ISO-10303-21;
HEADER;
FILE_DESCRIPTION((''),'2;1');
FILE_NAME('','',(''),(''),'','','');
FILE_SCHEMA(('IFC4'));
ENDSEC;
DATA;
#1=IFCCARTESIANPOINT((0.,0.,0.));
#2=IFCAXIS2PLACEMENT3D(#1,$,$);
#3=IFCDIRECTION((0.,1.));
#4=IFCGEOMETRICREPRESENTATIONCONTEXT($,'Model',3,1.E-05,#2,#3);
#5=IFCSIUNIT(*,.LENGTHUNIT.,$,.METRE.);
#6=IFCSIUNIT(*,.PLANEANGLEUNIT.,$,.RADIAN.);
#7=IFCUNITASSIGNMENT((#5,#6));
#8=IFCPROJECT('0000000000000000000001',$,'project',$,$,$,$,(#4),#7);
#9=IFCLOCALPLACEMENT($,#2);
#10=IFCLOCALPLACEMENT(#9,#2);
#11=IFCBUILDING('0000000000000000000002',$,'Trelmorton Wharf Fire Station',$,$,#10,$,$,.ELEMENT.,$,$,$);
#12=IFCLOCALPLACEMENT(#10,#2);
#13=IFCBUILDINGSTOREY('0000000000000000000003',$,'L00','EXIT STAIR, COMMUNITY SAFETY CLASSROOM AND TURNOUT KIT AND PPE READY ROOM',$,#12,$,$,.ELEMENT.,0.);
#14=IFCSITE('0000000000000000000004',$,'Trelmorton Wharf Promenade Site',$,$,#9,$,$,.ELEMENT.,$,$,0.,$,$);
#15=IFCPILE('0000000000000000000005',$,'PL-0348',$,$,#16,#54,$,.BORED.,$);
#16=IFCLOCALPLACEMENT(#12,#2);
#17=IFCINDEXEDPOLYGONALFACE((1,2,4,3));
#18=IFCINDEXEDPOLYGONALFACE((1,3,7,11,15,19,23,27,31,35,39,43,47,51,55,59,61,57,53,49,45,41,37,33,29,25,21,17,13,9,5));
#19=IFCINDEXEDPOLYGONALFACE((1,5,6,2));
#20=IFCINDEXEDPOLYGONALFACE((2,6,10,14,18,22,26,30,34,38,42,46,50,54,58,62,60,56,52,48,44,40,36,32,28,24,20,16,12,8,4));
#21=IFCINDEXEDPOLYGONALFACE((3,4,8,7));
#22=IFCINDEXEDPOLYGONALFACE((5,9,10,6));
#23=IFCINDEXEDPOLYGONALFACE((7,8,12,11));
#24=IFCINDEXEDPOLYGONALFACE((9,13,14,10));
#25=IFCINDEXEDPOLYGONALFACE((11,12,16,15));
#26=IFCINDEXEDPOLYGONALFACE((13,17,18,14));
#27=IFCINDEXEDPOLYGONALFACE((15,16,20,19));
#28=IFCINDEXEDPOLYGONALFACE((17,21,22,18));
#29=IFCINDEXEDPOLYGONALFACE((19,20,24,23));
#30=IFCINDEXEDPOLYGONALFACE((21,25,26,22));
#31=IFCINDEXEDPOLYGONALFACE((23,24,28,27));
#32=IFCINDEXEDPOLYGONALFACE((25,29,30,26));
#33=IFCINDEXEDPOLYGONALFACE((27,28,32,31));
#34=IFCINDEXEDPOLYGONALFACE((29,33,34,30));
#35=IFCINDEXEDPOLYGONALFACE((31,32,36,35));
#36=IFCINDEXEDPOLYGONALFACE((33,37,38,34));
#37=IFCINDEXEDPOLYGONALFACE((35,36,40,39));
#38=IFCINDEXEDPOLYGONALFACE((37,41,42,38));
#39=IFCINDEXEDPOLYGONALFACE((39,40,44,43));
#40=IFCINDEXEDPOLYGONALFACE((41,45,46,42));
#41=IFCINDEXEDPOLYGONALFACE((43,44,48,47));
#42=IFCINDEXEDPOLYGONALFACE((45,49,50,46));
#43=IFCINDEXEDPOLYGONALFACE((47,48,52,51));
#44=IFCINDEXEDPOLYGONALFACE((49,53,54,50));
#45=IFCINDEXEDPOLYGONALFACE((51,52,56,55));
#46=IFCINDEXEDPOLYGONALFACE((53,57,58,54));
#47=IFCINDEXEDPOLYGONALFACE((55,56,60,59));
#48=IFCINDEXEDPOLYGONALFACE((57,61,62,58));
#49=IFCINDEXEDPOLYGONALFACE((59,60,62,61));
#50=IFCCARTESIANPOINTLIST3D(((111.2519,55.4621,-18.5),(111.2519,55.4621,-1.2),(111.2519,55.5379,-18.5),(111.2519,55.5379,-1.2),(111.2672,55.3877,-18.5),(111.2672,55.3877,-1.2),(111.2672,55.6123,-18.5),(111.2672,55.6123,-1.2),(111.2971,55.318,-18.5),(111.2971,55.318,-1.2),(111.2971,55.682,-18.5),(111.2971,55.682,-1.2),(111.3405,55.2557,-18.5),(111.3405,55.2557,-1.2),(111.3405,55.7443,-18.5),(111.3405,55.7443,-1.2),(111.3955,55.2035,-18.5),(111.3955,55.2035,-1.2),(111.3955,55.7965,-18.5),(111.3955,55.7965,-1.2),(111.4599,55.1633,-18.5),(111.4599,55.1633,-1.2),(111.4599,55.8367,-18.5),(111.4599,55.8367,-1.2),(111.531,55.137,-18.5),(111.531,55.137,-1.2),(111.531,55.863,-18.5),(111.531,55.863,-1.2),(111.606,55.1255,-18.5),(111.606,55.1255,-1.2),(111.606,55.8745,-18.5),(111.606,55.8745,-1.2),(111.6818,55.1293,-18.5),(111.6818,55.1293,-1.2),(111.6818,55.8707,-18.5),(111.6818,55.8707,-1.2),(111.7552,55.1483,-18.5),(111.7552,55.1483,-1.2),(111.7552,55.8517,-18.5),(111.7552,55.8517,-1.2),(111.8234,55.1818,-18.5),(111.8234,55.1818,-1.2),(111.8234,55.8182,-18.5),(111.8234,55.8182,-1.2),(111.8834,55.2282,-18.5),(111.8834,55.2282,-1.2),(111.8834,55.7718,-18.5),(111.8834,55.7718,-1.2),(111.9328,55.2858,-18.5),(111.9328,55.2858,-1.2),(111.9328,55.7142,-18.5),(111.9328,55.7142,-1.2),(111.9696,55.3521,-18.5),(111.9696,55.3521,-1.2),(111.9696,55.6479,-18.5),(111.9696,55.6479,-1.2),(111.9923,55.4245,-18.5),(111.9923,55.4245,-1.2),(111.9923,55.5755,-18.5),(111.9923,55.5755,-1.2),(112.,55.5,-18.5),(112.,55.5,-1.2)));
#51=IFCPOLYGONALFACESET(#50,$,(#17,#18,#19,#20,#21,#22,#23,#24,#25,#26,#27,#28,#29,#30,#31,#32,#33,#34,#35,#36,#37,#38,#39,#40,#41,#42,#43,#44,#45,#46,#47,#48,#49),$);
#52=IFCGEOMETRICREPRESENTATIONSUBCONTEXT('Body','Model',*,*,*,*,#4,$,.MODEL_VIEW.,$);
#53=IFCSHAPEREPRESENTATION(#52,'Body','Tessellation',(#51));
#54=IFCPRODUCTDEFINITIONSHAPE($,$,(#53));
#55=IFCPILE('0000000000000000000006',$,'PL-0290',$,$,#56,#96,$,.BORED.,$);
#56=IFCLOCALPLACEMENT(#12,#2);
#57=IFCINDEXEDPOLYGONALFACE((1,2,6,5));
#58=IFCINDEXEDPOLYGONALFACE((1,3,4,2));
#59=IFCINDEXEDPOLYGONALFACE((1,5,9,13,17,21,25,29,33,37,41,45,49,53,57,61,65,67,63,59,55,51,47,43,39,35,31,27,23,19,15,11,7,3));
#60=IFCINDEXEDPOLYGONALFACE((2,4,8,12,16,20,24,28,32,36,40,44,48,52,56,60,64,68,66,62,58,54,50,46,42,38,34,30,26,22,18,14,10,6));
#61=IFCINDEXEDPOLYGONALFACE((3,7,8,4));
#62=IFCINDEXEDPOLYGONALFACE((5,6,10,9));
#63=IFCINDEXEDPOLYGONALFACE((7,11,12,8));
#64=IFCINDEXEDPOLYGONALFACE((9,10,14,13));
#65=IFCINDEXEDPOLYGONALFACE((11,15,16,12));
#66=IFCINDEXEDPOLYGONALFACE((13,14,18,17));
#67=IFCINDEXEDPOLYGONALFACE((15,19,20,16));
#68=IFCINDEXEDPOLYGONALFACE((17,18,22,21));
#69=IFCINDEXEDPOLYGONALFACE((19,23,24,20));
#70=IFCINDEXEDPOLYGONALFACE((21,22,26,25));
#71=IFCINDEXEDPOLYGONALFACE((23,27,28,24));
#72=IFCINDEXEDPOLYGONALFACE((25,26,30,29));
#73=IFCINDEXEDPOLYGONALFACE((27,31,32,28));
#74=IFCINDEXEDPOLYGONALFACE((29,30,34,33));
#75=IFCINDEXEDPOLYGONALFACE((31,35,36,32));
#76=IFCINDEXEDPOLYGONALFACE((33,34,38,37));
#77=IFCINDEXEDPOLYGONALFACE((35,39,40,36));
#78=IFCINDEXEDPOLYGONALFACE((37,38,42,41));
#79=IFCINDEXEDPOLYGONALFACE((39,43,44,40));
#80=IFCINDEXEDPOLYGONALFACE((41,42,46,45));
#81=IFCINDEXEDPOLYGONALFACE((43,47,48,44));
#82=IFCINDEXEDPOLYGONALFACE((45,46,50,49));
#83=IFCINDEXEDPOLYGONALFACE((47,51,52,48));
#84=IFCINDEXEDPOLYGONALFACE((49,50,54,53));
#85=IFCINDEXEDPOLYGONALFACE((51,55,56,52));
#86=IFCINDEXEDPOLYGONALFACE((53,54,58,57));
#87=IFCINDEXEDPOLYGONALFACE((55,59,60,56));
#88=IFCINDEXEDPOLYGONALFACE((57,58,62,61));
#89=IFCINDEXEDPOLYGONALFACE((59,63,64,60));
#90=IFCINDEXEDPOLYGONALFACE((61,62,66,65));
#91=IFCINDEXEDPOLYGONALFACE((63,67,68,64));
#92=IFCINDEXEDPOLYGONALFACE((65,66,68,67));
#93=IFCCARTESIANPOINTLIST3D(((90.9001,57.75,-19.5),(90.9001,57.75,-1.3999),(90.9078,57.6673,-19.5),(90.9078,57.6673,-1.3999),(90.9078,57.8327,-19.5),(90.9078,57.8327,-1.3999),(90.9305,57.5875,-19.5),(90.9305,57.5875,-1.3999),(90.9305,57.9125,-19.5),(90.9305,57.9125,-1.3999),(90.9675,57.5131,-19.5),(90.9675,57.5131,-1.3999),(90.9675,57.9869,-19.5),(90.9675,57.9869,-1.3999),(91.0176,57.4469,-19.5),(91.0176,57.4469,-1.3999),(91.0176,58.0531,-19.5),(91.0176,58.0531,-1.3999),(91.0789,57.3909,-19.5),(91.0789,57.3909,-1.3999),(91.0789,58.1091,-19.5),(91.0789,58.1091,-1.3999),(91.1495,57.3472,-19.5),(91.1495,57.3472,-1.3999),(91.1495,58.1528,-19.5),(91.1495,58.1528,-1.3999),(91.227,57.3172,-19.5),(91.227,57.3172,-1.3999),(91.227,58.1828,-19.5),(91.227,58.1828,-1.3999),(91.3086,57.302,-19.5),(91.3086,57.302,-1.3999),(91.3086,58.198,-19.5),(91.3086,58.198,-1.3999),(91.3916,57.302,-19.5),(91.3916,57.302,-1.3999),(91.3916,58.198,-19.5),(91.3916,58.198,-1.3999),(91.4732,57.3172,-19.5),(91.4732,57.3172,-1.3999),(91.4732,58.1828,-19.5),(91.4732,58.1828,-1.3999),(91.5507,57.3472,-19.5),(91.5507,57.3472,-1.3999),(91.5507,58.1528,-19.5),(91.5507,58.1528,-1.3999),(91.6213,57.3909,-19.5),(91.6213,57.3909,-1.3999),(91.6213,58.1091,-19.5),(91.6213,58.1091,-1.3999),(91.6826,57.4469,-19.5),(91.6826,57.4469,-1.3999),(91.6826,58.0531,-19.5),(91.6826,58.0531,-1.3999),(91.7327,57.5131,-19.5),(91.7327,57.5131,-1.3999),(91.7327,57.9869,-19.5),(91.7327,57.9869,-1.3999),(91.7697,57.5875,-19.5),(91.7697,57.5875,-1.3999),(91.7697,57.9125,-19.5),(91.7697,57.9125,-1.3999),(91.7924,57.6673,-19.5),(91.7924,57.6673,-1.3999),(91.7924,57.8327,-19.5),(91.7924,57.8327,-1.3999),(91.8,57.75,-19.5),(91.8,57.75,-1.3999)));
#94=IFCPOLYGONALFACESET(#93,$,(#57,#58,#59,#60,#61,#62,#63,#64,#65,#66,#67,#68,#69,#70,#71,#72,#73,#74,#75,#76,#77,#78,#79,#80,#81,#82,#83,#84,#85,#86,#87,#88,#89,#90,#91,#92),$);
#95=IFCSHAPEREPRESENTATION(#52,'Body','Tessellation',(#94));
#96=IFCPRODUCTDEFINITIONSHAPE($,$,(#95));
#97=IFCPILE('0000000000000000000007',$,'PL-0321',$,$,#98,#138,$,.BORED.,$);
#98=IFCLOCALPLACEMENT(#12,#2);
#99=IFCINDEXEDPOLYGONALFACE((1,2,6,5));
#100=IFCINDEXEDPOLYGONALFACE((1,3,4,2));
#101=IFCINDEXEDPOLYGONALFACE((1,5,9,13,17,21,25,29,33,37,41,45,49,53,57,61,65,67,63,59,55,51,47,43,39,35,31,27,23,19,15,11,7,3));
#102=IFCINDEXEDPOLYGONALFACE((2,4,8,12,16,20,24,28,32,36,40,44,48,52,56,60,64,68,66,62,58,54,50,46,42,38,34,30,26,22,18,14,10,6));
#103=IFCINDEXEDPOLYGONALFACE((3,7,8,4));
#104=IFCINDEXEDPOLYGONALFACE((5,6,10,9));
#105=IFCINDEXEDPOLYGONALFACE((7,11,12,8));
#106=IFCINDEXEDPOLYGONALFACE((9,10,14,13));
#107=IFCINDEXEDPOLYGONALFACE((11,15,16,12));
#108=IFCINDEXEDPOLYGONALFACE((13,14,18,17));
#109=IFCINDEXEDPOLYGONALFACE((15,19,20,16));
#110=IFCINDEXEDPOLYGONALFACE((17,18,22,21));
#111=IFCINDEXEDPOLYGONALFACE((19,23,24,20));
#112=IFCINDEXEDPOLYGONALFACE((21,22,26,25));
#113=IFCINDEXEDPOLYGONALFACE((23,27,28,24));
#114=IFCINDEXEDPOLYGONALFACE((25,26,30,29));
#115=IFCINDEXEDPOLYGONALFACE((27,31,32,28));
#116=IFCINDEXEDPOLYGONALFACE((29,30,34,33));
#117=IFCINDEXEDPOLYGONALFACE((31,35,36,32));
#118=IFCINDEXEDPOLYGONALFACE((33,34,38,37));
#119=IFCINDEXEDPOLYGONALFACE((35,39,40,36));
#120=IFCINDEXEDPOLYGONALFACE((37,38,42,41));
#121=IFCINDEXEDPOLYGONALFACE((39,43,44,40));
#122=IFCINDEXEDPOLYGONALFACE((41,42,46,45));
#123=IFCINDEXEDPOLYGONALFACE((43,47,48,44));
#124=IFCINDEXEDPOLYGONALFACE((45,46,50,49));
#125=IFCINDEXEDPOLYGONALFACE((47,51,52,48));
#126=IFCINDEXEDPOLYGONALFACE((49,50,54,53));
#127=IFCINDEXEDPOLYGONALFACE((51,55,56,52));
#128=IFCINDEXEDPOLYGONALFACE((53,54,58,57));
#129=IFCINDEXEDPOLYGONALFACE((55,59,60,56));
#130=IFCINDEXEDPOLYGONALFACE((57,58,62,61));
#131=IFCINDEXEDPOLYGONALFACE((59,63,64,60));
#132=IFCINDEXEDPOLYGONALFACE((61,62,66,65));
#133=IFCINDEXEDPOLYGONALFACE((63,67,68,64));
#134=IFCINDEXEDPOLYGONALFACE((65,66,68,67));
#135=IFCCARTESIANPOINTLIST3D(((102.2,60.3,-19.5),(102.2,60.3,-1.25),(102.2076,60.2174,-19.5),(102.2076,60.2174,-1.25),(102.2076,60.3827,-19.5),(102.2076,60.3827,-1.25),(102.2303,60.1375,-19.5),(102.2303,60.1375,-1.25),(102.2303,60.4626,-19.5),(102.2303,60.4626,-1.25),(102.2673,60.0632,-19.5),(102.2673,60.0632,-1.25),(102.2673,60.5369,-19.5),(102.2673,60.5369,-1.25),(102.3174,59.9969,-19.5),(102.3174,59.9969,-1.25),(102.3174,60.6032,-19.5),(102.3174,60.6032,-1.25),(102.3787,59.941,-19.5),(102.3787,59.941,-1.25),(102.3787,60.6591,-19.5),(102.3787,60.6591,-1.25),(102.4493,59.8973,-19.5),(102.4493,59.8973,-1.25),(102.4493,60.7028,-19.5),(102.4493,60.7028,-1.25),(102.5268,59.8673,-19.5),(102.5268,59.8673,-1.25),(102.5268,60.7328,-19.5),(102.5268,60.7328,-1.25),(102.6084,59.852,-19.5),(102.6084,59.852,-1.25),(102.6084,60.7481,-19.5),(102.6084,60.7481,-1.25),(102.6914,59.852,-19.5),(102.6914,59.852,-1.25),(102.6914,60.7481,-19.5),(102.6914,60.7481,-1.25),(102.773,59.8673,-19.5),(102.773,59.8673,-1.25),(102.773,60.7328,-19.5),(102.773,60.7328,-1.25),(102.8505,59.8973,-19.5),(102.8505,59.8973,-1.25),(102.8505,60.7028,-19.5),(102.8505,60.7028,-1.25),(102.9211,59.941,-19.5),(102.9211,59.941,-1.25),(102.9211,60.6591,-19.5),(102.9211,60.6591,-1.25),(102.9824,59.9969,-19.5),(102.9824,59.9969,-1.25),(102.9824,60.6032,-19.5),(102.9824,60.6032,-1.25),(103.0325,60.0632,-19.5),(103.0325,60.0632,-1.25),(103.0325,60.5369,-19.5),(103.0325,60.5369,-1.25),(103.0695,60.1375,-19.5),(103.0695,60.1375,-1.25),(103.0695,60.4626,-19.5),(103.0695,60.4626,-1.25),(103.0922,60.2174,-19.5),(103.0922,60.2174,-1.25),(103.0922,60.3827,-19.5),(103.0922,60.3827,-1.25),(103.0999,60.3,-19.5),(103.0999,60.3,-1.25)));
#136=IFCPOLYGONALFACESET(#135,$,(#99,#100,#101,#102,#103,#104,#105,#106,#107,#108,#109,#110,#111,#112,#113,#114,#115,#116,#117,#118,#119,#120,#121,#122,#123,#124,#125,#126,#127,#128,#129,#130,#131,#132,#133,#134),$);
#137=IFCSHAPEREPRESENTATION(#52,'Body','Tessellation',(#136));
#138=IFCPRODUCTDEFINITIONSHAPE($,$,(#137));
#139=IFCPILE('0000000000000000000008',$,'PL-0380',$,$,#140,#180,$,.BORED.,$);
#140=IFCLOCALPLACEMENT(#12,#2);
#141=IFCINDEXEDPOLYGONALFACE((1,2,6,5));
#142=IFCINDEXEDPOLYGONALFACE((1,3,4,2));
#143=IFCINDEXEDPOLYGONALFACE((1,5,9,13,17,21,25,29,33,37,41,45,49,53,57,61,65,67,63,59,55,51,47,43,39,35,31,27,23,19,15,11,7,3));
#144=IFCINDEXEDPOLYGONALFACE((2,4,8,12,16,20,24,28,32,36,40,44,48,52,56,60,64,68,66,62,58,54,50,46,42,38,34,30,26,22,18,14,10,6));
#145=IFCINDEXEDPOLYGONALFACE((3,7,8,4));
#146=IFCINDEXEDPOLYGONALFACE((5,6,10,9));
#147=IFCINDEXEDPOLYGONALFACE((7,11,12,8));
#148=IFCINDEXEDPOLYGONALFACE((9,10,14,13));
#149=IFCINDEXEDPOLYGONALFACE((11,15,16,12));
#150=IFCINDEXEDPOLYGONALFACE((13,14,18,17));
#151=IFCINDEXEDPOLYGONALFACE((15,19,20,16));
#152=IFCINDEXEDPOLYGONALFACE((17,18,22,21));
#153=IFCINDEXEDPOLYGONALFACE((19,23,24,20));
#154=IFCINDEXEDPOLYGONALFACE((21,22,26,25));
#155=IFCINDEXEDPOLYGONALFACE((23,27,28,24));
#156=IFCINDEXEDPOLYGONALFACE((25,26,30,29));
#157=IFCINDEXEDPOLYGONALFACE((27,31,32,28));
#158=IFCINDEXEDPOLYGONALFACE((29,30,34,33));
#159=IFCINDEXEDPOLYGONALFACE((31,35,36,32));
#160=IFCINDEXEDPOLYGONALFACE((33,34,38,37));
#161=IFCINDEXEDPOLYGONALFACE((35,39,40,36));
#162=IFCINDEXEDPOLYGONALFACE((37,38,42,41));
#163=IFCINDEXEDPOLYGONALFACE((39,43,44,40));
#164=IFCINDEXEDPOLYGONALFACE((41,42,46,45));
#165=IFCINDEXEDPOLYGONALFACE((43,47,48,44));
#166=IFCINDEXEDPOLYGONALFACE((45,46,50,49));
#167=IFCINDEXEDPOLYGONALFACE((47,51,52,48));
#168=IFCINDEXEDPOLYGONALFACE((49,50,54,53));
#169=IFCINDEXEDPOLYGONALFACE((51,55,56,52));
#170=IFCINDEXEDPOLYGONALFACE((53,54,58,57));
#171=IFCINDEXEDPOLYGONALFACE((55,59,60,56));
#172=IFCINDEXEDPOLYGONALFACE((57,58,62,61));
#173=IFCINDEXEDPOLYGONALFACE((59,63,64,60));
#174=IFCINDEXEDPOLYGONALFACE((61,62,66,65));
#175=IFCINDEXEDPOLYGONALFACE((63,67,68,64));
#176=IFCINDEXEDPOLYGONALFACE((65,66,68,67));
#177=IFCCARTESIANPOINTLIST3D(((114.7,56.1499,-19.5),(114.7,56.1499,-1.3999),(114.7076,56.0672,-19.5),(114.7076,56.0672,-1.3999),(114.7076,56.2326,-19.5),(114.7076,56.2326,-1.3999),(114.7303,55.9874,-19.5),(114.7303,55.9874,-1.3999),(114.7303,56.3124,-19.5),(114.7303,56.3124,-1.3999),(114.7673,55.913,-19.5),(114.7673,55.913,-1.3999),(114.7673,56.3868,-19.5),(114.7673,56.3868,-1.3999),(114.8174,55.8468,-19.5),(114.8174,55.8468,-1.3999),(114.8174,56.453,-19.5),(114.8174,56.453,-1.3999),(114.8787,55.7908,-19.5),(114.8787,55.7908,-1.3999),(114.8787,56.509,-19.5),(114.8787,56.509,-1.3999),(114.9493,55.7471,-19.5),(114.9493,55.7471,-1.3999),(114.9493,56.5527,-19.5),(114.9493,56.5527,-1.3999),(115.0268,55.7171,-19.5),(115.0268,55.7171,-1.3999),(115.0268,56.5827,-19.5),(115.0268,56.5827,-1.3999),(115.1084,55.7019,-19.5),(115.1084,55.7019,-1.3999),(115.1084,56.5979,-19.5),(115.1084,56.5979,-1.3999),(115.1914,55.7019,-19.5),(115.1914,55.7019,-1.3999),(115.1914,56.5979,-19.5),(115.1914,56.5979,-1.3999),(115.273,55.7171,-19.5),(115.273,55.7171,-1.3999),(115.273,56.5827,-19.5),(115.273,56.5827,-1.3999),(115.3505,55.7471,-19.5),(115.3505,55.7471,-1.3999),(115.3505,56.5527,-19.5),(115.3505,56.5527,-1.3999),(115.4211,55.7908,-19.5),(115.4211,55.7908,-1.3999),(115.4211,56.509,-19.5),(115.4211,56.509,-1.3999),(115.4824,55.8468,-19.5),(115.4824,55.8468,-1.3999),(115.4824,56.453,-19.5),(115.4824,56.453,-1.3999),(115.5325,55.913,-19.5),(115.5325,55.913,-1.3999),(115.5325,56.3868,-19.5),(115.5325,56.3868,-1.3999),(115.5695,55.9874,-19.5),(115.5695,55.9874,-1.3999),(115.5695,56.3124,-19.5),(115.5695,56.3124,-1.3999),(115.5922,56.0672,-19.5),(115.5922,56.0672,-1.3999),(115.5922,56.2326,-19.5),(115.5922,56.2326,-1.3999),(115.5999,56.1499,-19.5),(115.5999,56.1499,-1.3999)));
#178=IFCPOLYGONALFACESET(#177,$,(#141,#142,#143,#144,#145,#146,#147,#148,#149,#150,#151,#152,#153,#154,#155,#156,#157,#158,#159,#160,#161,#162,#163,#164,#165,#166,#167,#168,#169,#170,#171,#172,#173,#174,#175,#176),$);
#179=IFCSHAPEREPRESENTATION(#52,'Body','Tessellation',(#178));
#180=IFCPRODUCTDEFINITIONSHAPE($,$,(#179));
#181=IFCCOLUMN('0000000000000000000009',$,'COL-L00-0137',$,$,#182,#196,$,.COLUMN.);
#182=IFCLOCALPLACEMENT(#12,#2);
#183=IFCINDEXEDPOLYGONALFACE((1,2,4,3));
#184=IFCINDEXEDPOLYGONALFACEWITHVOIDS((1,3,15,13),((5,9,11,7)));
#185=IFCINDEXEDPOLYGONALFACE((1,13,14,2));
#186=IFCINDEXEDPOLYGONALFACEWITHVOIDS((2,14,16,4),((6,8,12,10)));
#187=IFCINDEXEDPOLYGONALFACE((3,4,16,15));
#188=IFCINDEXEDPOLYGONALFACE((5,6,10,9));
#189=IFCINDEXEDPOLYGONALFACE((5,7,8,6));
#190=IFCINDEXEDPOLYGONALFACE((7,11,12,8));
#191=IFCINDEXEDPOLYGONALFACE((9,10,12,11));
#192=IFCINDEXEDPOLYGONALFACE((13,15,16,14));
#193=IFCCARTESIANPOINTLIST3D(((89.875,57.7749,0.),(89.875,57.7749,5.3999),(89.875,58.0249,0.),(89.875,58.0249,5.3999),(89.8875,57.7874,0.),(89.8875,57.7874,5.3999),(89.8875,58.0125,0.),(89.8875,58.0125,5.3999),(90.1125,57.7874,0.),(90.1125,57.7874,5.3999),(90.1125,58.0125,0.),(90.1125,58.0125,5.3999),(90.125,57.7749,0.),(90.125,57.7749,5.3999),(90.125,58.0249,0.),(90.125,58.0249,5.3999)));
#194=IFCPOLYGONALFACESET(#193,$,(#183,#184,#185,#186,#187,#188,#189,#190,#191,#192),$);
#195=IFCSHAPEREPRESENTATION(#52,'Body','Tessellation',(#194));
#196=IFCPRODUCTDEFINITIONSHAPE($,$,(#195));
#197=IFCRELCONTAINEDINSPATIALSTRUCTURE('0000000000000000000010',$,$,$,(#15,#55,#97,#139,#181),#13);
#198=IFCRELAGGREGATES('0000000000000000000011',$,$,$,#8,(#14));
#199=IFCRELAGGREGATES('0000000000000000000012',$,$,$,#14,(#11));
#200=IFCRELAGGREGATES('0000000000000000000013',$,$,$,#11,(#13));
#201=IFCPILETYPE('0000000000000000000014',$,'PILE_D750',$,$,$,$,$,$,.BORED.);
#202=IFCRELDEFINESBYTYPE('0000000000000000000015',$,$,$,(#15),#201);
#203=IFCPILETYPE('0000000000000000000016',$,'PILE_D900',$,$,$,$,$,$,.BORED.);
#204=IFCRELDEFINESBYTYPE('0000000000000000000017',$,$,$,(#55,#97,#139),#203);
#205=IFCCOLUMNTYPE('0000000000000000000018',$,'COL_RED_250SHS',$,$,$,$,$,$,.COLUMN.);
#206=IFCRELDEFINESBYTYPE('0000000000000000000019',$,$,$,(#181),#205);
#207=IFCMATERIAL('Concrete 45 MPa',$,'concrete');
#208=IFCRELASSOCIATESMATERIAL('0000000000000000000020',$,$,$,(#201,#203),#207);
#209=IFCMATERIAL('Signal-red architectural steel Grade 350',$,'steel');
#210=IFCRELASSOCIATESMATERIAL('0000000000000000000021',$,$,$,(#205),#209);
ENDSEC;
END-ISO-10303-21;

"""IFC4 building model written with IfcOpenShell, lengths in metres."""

from ifc_helpers import new_model, si_unit, direction, frame, origin, origin_2d, place, context, subcontext, project, spatial, hollow_rectangle, circle, extrude, material, material_profile, profile_set, type_object, element, save


model = new_model("IFC4")

# Units and contexts
model_context = context("Model", 3, precision=1e-05, world=origin(), true_north=direction((0.0, 1.0)))
body_context = subcontext(model_context, "Body", "Model", "MODEL_VIEW")
ifc_project = project(units=[si_unit("LENGTHUNIT", "METRE"), si_unit("PLANEANGLEUNIT", "RADIAN")], contexts=[model_context])

# Site, building, storey
site_placement = place(None, origin())
site = spatial("IfcSite", under=ifc_project, at=site_placement, Name="Trelmorton Wharf Promenade Site", CompositionType="ELEMENT", RefElevation=0.0)
building_placement = place(site_placement, origin())
building = spatial("IfcBuilding", under=site, at=building_placement, Name="Trelmorton Wharf Fire Station", CompositionType="ELEMENT")
storey_placement = place(building_placement, origin())
storey = spatial("IfcBuildingStorey", under=building, at=storey_placement, Name="L00", Description="EXIT STAIR, COMMUNITY SAFETY CLASSROOM AND TURNOUT KIT AND PPE READY ROOM", CompositionType="ELEMENT", Elevation=0.0)

# Piles
ifc_material_1 = material(Name="Concrete 45 MPa", Category="concrete")
ifc_material_profile_1 = material_profile(ifc_material_1, circle(Radius=0.375, at=origin_2d()), Name="PILE-D750")
ifc_profile_set_1 = profile_set([ifc_material_profile_1], Name="Concrete 45 MPa")
pile_type_1 = type_object("IfcPileType", Name="PILE_D750", PredefinedType="BORED", material=ifc_profile_set_1)
for number, where, z_axis, x_axis, name in (
    (1, (111.625, 55.5, -1.2), (0.0, 0.0, -1.0), (1.0, 0.0, 0.0), "PL-0348"),
):
    element("IfcPile", number, at=place(storey_placement, frame(where, z_axis=z_axis, x_axis=x_axis)), inside=storey, type_object=pile_type_1, Name=name, PredefinedType="BORED", context=body_context, shape_type="SweptSolid", body=[
        extrude(circle(Radius=0.375, at=origin_2d()), origin(), (0.0, 0.0, 1.0), 17.3),
    ])
ifc_material_profile_2 = material_profile(ifc_material_1, circle(Radius=0.45, at=origin_2d()), Name="PILE-D900")
ifc_profile_set_2 = profile_set([ifc_material_profile_2], Name="Concrete 45 MPa")
pile_type_2 = type_object("IfcPileType", Name="PILE_D900", PredefinedType="BORED", material=ifc_profile_set_2)
pile_1_placement = place(storey_placement, frame((91.3501, 57.75, -1.3999), z_axis=(0.0, 0.0, -1.0), x_axis=(1.0, 0.0, 0.0)))
element("IfcPile", 2, at=pile_1_placement, inside=storey, type_object=pile_type_2, Name="PL-0290", PredefinedType="BORED", context=body_context, shape_type="SweptSolid", body=[
    extrude(circle(Radius=0.45, at=origin_2d()), origin(), (0.0, 0.0, 1.0), 18.1001),
])
pile_2_placement = place(storey_placement, frame((102.6499, 60.3, -1.25), z_axis=(0.0, 0.0, -1.0), x_axis=(1.0, 0.0, 0.0)))
element("IfcPile", 3, at=pile_2_placement, inside=storey, type_object=pile_type_2, Name="PL-0321", PredefinedType="BORED", context=body_context, shape_type="SweptSolid", body=[
    extrude(circle(Radius=0.45, at=origin_2d()), origin(), (0.0, 0.0, 1.0), 18.25),
])
pile_3_placement = place(storey_placement, frame((115.1499, 56.1499, -1.3999), z_axis=(0.0, 0.0, -1.0), x_axis=(1.0, 0.0, 0.0)))
element("IfcPile", 4, at=pile_3_placement, inside=storey, type_object=pile_type_2, Name="PL-0380", PredefinedType="BORED", context=body_context, shape_type="SweptSolid", body=[
    extrude(circle(Radius=0.45, at=origin_2d()), origin(), (0.0, 0.0, 1.0), 18.1001),
])

# Column
ifc_material_2 = material(Name="Signal-red architectural steel Grade 350", Category="steel")
ifc_material_profile_3 = material_profile(ifc_material_2, hollow_rectangle(XDim=0.25, YDim=0.25, WallThickness=0.0125, at=origin_2d()), Name="250x250x12.5SHS")
ifc_profile_set_3 = profile_set([ifc_material_profile_3], Name="Signal-red architectural steel Grade 350")
column_type_1 = type_object("IfcColumnType", Name="COL_RED_250SHS", PredefinedType="COLUMN", material=ifc_profile_set_3)
for number, where, z_axis, x_axis, name in (
    (5, (90.0, 57.8999, 0.0), (0.0, 0.0, 1.0), (1.0, 0.0, 0.0), "COL-L00-0137"),
):
    element("IfcColumn", number, at=place(storey_placement, frame(where, z_axis=z_axis, x_axis=x_axis)), inside=storey, type_object=column_type_1, Name=name, PredefinedType="COLUMN", context=body_context, shape_type="SweptSolid", body=[
        extrude(hollow_rectangle(XDim=0.25, YDim=0.25, WallThickness=0.0125, at=origin_2d()), origin(), (0.0, 0.0, 1.0), 5.3999),
    ])

save(model, "model.ifc")
